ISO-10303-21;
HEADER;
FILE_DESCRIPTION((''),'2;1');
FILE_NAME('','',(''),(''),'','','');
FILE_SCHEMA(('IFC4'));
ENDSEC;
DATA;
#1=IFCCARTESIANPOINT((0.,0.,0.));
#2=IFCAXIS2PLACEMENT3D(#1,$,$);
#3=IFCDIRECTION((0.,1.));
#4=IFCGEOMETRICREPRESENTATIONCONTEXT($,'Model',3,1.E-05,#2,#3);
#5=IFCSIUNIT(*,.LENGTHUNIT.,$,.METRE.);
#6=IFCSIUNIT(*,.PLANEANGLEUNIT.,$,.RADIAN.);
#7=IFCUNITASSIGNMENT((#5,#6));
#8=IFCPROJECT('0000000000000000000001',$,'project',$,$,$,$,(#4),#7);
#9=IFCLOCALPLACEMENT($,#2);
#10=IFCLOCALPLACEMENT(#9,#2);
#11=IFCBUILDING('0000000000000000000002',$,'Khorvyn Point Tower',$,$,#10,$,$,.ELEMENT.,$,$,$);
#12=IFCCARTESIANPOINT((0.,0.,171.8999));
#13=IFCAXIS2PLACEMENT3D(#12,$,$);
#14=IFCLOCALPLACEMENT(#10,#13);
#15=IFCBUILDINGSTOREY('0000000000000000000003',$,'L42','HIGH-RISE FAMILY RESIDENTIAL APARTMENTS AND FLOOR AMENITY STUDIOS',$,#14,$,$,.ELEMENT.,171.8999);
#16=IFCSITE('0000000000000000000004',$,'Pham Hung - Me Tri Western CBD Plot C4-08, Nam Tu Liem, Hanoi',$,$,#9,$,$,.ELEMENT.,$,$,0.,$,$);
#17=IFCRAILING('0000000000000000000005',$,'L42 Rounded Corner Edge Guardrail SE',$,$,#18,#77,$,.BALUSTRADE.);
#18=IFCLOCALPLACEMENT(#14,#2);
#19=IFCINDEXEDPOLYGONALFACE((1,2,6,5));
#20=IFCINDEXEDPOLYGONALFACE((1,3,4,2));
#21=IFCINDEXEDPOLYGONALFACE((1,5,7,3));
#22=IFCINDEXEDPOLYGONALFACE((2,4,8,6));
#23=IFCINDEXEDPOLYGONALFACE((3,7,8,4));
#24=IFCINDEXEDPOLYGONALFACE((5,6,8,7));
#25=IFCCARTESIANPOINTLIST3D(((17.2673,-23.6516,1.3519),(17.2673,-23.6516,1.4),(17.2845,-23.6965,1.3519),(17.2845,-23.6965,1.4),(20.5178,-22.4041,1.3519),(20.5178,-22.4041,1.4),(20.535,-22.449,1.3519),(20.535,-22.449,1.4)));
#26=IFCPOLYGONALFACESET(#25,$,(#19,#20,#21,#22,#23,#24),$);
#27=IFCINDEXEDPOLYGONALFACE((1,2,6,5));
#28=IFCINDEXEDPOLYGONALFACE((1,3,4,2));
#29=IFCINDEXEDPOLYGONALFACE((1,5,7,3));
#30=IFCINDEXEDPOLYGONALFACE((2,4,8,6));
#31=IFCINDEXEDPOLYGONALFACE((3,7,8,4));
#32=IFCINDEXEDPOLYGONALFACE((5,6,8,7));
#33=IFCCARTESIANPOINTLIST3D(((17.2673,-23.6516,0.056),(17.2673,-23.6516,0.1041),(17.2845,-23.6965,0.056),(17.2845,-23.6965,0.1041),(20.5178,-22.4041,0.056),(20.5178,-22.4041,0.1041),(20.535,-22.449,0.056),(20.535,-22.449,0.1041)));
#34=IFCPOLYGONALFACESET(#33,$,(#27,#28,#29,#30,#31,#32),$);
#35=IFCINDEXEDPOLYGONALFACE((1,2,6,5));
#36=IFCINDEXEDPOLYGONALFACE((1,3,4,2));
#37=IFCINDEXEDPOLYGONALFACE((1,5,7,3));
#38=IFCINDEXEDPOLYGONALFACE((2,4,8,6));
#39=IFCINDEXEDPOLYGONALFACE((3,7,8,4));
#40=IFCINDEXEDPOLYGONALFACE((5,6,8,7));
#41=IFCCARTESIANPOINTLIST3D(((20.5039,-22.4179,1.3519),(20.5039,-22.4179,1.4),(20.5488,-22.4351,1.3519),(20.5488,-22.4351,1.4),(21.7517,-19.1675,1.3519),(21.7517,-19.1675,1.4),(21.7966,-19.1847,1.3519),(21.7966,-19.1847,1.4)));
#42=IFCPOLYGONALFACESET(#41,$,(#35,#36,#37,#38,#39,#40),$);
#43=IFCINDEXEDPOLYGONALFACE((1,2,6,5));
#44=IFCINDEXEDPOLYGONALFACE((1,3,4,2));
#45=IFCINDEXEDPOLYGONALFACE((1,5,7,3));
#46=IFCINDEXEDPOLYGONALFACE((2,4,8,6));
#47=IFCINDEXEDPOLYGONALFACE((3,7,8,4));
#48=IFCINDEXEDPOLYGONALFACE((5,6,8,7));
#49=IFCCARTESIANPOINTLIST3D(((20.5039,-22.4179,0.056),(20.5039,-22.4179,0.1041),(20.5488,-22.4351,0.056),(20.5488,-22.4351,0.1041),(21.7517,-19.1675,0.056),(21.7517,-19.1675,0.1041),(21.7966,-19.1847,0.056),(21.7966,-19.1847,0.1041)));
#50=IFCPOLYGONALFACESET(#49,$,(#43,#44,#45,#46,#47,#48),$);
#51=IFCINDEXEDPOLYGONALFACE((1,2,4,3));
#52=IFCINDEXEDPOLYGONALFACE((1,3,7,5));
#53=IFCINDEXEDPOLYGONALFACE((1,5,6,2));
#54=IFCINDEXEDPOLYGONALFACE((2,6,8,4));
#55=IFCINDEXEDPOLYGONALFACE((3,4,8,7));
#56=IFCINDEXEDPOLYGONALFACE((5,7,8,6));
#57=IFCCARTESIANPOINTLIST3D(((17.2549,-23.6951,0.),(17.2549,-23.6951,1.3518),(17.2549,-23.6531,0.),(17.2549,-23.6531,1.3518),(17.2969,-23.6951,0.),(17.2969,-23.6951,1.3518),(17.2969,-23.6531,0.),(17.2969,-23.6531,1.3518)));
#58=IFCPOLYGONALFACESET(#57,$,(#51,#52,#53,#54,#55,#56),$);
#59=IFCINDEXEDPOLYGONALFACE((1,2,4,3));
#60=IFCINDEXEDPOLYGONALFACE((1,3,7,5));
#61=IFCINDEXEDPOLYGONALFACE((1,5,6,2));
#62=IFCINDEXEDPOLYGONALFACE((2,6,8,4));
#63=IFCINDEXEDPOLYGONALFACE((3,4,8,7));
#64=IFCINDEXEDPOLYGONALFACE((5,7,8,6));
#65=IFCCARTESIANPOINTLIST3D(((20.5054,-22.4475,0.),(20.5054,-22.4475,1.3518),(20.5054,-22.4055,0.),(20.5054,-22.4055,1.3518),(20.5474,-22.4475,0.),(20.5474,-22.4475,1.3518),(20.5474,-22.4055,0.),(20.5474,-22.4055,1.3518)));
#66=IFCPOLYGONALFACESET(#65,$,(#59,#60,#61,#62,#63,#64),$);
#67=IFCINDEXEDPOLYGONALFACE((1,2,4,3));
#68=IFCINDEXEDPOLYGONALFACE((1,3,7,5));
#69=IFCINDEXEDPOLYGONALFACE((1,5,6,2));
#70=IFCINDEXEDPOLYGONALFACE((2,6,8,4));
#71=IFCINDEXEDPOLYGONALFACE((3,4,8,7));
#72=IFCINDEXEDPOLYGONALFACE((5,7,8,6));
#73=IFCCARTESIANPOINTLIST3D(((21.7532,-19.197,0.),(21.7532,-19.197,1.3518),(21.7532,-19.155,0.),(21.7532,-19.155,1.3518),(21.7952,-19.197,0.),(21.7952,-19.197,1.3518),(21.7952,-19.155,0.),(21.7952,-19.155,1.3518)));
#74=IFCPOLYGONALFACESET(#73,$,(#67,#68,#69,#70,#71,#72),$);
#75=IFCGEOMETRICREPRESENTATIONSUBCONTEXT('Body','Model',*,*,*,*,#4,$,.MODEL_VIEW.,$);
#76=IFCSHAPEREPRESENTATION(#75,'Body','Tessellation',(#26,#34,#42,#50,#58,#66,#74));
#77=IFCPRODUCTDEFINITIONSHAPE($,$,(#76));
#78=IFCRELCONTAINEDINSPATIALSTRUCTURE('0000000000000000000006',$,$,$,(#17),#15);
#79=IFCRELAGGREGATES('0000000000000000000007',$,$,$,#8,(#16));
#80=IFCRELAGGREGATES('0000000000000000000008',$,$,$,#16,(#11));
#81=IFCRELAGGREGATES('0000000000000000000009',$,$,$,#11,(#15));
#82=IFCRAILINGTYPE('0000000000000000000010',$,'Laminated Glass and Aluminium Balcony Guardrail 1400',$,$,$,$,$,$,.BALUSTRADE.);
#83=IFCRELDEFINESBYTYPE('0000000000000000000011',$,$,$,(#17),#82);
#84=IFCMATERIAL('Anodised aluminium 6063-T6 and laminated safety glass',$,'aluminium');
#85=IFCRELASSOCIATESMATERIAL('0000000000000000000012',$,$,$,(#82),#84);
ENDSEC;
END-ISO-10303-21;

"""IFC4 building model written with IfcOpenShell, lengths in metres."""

from ifc_helpers import new_model, si_unit, direction, frame, origin, origin_2d, place, context, subcontext, project, spatial, rectangle, extrude, material, type_object, element, save


model = new_model("IFC4")

# Units and contexts
model_context = context("Model", 3, precision=1e-05, world=origin(), true_north=direction((0.0, 1.0)))
body_context = subcontext(model_context, "Body", "Model", "MODEL_VIEW")
ifc_project = project(units=[si_unit("LENGTHUNIT", "METRE"), si_unit("PLANEANGLEUNIT", "RADIAN")], contexts=[model_context])

# Site, building, storey
site_placement = place(None, origin())
site = spatial("IfcSite", under=ifc_project, at=site_placement, Name="Pham Hung - Me Tri Western CBD Plot C4-08, Nam Tu Liem, Hanoi", CompositionType="ELEMENT", RefElevation=0.0)
building_placement = place(site_placement, origin())
building = spatial("IfcBuilding", under=site, at=building_placement, Name="Khorvyn Point Tower", CompositionType="ELEMENT")
storey_placement = place(building_placement, frame((0.0, 0.0, 171.8999)))
storey = spatial("IfcBuildingStorey", under=building, at=storey_placement, Name="L42", Description="HIGH-RISE FAMILY RESIDENTIAL APARTMENTS AND FLOOR AMENITY STUDIOS", CompositionType="ELEMENT", Elevation=171.8999)

# Railing
ifc_material_1 = material(Name="Anodised aluminium 6063-T6 and laminated safety glass", Category="aluminium")
railing_type = type_object("IfcRailingType", Name="Laminated Glass and Aluminium Balcony Guardrail 1400", PredefinedType="BALUSTRADE", material=ifc_material_1)
railing_placement = place(storey_placement, frame((17.2759, -23.6741, 0.0)))
element("IfcRailing", 1, at=railing_placement, inside=storey, type_object=railing_type, Name="L42 Rounded Corner Edge Guardrail SE", PredefinedType="BALUSTRADE", context=body_context, shape_type="SweptSolid", body=[
    extrude(rectangle(XDim=0.0481, YDim=0.0481, at=origin_2d()), frame((0.0, 0.0, 1.376), z_axis=(0.933598, 0.358321, 0.0), x_axis=(-0.358321, 0.933598, 0.0)), (0.0, 0.0, 1.0), 3.4817),
    extrude(rectangle(XDim=0.0481, YDim=0.0481, at=origin_2d()), frame((0.0, 0.0, 0.0801), z_axis=(0.933598, 0.358321, 0.0), x_axis=(-0.358321, 0.933598, 0.0)), (0.0, 0.0, 1.0), 3.4817),
    extrude(rectangle(XDim=0.0481, YDim=0.0481, at=origin_2d()), frame((3.2505, 1.2476, 1.376), z_axis=(0.358382, 0.933575, 0.0), x_axis=(-0.933575, 0.358382, 0.0)), (0.0, 0.0, 1.0), 3.4817),
    extrude(rectangle(XDim=0.0481, YDim=0.0481, at=origin_2d()), frame((3.2505, 1.2476, 0.0801), z_axis=(0.358382, 0.933575, 0.0), x_axis=(-0.933575, 0.358382, 0.0)), (0.0, 0.0, 1.0), 3.4817),
    extrude(rectangle(XDim=0.042, YDim=0.042, at=origin_2d()), origin(), (0.0, 0.0, 1.0), 1.3518),
    extrude(rectangle(XDim=0.042, YDim=0.042, at=origin_2d()), frame((3.2505, 1.2476, 0.0)), (0.0, 0.0, 1.0), 1.3518),
    extrude(rectangle(XDim=0.042, YDim=0.042, at=origin_2d()), frame((4.4983, 4.498, 0.0)), (0.0, 0.0, 1.0), 1.3518),
])

save(model, "model.ifc")
